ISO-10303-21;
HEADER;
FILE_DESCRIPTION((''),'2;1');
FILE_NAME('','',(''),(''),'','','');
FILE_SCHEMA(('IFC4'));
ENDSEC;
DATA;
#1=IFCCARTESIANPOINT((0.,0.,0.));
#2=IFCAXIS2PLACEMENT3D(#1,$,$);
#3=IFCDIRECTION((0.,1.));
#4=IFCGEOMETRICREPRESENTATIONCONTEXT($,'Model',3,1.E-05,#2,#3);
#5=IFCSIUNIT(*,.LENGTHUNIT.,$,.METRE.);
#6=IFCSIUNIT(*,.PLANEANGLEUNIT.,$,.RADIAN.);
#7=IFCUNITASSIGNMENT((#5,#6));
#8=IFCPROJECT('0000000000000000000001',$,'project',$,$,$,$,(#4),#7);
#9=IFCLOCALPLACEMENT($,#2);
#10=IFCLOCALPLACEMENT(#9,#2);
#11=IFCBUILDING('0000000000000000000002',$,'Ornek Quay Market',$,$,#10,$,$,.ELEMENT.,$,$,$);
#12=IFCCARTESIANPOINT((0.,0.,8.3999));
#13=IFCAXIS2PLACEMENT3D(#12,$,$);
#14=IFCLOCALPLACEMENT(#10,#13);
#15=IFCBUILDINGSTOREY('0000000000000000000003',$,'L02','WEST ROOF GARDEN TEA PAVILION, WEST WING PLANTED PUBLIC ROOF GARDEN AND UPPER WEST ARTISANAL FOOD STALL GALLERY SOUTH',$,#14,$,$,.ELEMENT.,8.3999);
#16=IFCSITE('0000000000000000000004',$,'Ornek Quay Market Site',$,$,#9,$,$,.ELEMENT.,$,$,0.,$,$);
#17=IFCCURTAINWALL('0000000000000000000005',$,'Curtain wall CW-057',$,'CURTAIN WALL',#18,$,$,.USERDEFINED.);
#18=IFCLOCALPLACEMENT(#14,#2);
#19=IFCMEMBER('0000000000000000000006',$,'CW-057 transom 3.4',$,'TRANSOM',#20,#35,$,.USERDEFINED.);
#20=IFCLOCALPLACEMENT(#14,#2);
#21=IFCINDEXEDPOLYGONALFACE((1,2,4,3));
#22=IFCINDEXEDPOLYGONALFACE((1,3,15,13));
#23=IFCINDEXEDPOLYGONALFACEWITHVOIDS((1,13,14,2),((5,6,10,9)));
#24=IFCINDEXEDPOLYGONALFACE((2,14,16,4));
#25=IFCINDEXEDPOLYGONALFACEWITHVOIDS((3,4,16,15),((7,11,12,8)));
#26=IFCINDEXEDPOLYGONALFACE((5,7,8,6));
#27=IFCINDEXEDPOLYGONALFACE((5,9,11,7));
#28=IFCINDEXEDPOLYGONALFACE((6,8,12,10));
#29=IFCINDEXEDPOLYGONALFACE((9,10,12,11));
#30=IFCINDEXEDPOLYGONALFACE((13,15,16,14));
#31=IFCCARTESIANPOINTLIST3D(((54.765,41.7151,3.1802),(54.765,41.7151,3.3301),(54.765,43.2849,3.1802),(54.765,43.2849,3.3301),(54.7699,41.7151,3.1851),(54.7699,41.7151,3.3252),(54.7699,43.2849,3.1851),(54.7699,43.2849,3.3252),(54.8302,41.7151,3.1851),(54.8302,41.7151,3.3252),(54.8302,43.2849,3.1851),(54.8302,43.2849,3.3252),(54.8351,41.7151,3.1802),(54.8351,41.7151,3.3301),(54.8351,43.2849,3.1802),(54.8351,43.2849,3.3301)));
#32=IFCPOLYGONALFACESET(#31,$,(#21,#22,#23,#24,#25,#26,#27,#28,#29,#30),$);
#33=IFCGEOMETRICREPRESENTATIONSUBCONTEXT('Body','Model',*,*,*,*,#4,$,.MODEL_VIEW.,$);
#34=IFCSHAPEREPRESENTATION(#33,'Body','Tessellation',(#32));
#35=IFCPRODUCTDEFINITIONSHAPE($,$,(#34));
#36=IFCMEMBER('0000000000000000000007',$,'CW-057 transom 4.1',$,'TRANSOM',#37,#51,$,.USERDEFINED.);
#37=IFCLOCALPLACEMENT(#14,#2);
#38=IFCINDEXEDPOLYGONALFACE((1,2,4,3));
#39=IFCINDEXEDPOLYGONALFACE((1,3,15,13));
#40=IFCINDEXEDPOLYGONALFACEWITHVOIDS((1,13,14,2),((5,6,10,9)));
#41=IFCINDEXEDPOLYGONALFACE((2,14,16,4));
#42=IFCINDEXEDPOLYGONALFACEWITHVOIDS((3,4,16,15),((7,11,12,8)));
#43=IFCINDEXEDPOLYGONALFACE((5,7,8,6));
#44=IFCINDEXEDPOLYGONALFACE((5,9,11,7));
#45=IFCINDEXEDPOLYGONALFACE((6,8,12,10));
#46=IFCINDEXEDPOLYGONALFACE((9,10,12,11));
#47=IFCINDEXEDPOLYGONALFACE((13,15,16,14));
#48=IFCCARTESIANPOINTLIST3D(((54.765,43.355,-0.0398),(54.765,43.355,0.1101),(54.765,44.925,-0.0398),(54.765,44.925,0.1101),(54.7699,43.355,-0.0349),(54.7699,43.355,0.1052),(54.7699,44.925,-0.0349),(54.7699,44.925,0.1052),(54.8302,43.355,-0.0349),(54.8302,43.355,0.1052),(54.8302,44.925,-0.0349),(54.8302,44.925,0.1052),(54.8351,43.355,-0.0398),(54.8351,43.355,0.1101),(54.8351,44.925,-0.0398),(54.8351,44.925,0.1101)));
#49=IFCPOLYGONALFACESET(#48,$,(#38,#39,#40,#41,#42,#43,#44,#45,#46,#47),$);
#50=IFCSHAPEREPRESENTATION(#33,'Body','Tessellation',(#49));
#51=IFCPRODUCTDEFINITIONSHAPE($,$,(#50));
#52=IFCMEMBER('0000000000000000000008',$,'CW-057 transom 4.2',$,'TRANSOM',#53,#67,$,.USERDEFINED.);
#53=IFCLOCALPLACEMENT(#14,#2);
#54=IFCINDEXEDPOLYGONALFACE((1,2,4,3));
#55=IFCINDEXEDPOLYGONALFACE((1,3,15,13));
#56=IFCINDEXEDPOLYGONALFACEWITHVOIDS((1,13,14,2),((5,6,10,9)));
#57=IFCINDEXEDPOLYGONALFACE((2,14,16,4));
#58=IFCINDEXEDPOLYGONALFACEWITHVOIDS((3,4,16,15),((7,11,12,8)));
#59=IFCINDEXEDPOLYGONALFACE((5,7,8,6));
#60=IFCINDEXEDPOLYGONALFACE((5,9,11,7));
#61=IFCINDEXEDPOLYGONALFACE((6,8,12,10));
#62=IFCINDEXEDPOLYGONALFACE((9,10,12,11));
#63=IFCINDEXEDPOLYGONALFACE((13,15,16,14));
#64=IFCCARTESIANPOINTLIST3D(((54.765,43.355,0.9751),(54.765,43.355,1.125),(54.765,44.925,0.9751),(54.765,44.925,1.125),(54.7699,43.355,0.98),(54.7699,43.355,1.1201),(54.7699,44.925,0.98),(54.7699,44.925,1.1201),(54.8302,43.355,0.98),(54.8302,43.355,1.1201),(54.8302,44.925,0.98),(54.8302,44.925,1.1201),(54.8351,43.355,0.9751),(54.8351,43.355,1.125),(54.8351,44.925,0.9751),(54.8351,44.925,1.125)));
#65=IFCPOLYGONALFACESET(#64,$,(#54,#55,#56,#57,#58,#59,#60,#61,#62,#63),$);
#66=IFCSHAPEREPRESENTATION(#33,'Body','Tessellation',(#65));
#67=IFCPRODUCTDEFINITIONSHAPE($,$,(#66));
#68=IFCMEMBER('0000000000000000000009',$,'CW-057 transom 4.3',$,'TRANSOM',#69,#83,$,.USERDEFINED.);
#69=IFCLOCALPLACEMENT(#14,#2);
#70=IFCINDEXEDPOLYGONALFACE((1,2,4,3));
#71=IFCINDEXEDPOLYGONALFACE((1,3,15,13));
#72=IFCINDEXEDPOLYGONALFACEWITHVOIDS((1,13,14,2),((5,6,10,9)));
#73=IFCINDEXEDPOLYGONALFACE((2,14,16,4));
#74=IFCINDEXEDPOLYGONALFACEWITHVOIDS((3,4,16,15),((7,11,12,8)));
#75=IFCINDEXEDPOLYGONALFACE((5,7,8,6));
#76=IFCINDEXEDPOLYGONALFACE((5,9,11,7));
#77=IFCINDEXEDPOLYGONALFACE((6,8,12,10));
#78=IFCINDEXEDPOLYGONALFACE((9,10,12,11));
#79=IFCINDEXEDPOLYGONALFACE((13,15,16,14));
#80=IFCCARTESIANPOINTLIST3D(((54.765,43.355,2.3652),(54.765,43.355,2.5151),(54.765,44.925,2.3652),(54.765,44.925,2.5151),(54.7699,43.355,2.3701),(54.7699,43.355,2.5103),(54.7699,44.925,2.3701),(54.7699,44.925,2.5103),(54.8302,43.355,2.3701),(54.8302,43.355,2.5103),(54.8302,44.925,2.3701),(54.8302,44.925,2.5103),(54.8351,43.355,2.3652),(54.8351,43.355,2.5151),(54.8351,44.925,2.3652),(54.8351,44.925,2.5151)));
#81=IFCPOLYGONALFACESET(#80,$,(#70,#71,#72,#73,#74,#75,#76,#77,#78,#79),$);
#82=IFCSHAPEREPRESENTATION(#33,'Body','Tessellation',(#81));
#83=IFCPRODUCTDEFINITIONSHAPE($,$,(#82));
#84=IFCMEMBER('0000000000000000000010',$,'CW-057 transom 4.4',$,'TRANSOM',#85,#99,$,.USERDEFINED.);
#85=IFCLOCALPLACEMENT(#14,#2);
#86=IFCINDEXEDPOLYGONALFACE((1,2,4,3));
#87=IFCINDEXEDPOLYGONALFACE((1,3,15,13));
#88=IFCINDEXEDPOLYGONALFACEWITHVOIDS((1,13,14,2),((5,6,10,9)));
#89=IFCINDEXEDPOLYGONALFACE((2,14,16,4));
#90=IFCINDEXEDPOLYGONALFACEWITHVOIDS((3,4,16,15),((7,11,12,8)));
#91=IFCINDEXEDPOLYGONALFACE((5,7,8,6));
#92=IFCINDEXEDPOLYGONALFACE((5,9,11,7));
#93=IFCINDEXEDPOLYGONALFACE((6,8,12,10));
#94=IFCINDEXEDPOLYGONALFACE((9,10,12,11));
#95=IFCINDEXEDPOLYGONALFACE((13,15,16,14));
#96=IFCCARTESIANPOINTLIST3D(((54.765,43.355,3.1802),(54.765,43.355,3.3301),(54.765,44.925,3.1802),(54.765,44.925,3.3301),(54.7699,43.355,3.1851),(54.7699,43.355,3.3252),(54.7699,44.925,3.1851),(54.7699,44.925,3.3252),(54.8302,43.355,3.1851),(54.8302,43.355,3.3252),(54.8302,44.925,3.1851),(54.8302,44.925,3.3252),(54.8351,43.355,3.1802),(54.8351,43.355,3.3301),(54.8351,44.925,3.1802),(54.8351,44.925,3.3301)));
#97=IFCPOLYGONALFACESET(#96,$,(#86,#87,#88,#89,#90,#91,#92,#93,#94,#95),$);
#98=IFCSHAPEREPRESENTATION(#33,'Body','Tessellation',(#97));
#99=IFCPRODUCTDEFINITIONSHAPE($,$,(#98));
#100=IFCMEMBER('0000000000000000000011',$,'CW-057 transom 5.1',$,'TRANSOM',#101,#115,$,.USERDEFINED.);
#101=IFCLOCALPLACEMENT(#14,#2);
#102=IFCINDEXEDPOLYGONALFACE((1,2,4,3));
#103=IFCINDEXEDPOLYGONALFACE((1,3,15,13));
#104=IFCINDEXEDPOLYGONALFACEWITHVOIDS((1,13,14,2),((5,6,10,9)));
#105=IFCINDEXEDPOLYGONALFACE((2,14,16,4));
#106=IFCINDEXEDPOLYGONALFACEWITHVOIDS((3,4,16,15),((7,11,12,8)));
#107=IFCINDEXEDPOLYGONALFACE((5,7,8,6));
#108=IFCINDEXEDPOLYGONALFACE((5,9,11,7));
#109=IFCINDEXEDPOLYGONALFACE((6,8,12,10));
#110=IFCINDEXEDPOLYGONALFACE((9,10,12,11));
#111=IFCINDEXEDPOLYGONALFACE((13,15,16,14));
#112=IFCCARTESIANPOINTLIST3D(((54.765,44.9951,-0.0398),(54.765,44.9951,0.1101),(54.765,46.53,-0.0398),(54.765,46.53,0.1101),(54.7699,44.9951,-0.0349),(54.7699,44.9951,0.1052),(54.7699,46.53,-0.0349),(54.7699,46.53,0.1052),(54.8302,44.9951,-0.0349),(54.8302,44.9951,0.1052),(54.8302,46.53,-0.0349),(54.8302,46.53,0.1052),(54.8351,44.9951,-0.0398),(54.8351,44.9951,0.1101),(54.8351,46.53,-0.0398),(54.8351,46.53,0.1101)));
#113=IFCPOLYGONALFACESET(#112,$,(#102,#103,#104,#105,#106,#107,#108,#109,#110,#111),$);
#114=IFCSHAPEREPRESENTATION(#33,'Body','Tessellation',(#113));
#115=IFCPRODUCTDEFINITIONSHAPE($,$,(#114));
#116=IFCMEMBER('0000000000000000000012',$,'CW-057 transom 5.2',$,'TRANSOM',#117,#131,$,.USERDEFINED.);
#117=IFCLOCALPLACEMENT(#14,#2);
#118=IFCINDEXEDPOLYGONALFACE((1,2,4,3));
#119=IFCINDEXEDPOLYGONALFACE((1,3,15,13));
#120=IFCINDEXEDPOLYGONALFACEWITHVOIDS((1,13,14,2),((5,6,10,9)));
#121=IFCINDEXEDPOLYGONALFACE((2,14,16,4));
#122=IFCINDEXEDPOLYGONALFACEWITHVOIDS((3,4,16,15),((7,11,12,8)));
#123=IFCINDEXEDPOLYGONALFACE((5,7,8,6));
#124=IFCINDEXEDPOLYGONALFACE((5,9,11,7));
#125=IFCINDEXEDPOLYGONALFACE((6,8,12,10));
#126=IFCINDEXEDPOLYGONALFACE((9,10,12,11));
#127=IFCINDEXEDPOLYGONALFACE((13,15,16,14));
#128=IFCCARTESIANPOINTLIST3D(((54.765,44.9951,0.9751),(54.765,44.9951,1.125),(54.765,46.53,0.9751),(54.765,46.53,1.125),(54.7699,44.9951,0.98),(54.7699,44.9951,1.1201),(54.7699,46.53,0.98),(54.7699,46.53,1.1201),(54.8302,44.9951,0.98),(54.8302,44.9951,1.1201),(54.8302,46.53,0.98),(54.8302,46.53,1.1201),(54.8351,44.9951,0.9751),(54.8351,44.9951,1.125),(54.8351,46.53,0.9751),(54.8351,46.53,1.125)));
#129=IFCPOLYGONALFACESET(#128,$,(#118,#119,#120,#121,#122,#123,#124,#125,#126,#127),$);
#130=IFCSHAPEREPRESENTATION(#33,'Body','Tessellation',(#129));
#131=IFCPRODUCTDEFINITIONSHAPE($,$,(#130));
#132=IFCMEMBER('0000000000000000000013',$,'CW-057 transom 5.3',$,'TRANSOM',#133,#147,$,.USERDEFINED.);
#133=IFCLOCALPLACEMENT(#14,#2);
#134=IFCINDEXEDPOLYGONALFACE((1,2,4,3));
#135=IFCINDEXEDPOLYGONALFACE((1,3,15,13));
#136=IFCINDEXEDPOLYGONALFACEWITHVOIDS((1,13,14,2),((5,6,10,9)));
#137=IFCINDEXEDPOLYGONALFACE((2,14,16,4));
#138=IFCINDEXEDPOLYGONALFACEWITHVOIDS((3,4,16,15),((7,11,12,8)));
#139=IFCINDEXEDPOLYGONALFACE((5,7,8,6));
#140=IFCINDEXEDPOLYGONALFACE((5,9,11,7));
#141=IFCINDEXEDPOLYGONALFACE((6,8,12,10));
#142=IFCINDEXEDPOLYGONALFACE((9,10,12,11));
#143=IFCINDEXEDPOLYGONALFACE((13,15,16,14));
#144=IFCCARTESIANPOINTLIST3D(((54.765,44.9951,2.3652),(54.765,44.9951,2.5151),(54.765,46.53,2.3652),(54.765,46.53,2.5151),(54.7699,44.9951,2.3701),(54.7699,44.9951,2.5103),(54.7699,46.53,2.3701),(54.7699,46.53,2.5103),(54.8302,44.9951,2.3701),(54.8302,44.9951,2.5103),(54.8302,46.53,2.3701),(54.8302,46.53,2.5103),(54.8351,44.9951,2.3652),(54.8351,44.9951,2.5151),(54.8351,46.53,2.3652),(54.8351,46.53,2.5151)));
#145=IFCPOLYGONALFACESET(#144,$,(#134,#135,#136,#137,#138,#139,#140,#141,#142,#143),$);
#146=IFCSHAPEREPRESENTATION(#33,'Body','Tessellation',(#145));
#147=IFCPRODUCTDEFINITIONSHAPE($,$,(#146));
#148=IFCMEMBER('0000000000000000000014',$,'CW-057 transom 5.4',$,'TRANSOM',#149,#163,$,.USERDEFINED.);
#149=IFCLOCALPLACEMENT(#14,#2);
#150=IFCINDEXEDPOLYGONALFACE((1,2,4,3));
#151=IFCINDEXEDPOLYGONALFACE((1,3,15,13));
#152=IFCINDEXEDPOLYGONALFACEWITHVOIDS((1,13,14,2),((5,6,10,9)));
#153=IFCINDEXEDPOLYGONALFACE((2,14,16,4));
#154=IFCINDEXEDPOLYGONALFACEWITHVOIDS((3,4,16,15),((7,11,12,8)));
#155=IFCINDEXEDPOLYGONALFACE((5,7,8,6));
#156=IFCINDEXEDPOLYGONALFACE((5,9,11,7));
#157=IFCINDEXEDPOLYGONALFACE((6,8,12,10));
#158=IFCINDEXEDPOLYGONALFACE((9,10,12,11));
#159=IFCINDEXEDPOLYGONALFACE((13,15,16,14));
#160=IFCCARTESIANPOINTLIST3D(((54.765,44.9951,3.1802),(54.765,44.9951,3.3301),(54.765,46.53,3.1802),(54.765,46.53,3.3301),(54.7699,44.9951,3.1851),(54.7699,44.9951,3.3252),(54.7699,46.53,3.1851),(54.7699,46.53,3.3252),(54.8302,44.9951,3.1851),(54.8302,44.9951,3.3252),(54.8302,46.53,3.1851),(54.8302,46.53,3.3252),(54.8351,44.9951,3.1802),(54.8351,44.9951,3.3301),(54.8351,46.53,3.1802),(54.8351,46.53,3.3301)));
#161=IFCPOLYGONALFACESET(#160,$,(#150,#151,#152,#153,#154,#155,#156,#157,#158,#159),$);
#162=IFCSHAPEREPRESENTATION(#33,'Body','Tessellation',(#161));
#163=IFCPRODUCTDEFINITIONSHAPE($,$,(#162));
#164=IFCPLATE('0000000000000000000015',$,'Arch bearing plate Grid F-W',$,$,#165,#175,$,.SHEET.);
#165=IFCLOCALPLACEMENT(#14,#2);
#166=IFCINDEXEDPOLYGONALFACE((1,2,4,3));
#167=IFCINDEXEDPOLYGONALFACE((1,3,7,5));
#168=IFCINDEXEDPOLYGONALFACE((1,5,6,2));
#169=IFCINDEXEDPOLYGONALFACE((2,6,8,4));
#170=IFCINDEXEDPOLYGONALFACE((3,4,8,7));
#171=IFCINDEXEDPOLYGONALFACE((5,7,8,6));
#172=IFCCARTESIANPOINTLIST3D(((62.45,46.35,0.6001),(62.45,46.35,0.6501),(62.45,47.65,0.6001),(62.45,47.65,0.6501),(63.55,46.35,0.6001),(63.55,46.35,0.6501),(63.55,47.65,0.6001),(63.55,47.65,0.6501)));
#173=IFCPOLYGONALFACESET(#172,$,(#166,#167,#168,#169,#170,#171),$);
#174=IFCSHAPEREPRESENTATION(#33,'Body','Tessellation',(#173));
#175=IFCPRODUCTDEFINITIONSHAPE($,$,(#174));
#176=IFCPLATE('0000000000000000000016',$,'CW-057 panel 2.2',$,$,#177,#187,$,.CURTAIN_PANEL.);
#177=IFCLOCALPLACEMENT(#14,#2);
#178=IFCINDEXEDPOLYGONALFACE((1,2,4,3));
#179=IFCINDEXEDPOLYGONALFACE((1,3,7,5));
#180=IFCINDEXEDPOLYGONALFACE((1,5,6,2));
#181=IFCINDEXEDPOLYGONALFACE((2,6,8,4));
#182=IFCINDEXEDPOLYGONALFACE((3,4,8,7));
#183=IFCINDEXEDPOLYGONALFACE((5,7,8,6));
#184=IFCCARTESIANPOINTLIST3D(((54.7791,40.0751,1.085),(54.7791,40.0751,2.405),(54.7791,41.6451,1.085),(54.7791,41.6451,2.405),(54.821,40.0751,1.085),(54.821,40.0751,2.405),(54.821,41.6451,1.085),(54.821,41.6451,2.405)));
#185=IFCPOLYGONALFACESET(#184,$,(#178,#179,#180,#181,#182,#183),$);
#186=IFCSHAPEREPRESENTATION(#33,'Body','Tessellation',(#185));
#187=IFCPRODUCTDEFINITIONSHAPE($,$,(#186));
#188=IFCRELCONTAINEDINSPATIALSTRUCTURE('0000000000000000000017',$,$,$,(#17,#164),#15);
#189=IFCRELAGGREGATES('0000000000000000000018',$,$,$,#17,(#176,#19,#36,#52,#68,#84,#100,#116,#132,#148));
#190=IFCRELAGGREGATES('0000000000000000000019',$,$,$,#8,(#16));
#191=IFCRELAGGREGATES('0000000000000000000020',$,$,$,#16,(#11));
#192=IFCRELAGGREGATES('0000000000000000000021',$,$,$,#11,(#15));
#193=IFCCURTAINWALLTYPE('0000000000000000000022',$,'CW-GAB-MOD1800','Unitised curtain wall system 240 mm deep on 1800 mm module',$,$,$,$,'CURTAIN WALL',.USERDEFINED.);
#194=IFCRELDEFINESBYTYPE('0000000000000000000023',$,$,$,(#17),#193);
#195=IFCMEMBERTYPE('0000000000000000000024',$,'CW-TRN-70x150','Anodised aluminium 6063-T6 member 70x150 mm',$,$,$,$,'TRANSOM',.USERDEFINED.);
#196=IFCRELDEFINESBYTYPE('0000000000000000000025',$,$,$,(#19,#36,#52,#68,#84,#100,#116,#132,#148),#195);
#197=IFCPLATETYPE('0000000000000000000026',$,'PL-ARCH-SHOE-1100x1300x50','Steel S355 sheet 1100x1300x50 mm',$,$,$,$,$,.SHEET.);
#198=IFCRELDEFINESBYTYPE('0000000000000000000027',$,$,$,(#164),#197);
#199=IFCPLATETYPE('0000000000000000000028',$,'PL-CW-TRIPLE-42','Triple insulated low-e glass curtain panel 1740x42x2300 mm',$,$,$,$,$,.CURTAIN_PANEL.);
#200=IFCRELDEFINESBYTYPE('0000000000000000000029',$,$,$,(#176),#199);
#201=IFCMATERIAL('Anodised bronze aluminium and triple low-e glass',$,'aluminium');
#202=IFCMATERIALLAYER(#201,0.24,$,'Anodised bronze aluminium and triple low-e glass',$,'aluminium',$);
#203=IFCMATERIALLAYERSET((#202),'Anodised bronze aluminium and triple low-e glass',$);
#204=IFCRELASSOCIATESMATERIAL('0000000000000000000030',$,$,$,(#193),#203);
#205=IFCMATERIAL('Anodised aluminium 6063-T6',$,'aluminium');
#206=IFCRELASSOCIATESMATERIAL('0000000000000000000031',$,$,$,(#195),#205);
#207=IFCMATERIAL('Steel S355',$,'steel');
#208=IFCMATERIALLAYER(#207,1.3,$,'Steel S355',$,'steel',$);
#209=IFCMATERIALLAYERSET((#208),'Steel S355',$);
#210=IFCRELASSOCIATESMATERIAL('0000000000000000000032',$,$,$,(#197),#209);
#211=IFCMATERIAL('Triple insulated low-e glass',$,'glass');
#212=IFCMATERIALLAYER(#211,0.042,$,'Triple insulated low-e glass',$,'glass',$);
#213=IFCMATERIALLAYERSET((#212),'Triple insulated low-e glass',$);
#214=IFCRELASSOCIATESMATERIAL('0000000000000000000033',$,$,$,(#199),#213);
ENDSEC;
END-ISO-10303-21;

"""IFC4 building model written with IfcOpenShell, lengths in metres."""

from ifc_helpers import new_model, si_unit, direction, frame, origin, origin_2d, place, context, subcontext, project, spatial, rectangle, hollow_rectangle, extrude, material, layer, layer_set, material_profile, profile_set, type_object, element, aggregate, save


model = new_model("IFC4")

# Units and contexts
model_context = context("Model", 3, precision=1e-05, world=origin(), true_north=direction((0.0, 1.0)))
body_context = subcontext(model_context, "Body", "Model", "MODEL_VIEW")
ifc_project = project(units=[si_unit("LENGTHUNIT", "METRE"), si_unit("PLANEANGLEUNIT", "RADIAN")], contexts=[model_context])

# Site, building, storey
site_placement = place(None, origin())
site = spatial("IfcSite", under=ifc_project, at=site_placement, Name="Ornek Quay Market Site", CompositionType="ELEMENT", RefElevation=0.0)
building_placement = place(site_placement, origin())
building = spatial("IfcBuilding", under=site, at=building_placement, Name="Ornek Quay Market", CompositionType="ELEMENT")
storey_placement = place(building_placement, frame((0.0, 0.0, 8.3999)))
storey = spatial("IfcBuildingStorey", under=building, at=storey_placement, Name="L02", Description="WEST ROOF GARDEN TEA PAVILION, WEST WING PLANTED PUBLIC ROOF GARDEN AND UPPER WEST ARTISANAL FOOD STALL GALLERY SOUTH", CompositionType="ELEMENT", Elevation=8.3999)

# Curtain wall, members
ifc_material_1 = material(Name="Anodised bronze aluminium and triple low-e glass", Category="aluminium")
ifc_layer_1 = layer(ifc_material_1, 0.24, Name="Anodised bronze aluminium and triple low-e glass", Category="aluminium")
ifc_layer_set_1 = layer_set([ifc_layer_1], Name="Anodised bronze aluminium and triple low-e glass")
curtain_wall_type = type_object("IfcCurtainWallType", Name="CW-GAB-MOD1800", Description="Unitised curtain wall system 240 mm deep on 1800 mm module", ElementType="CURTAIN WALL", PredefinedType="USERDEFINED", material=ifc_layer_set_1)
curtain_wall_placement = place(storey_placement, origin())
curtain_wall = element("IfcCurtainWall", 1, at=curtain_wall_placement, inside=storey, type_object=curtain_wall_type, Name="Curtain wall CW-057", ObjectType="CURTAIN WALL", PredefinedType="USERDEFINED")
ifc_material_2 = material(Name="Anodised aluminium 6063-T6", Category="aluminium")
ifc_material_profile_1 = material_profile(ifc_material_2, hollow_rectangle(XDim=0.0701, YDim=0.1499, WallThickness=0.0049, at=origin_2d()), Name="CW-TRN-70x150", Category="aluminium")
ifc_profile_set_1 = profile_set([ifc_material_profile_1], Name="Anodised aluminium 6063-T6")
member_type_1 = type_object("IfcMemberType", Name="CW-TRN-70x150", Description="Anodised aluminium 6063-T6 member 70x150 mm", ElementType="TRANSOM", PredefinedType="USERDEFINED", material=ifc_profile_set_1)
member_1_placement = place(storey_placement, frame((54.8, 41.7151, 3.2551), z_axis=(0.0, 1.0, 0.0), x_axis=(-1.0, 0.0, 0.0)))
member_1 = element("IfcMember", 2, at=member_1_placement, type_object=member_type_1, Name="CW-057 transom 3.4", ObjectType="TRANSOM", PredefinedType="USERDEFINED", context=body_context, shape_type="SweptSolid", body=[
    extrude(hollow_rectangle(XDim=0.0701, YDim=0.1499, WallThickness=0.0049, at=origin_2d()), origin(), (0.0, 0.0, 1.0), 1.5698),
])
member_2_placement = place(storey_placement, frame((54.8, 43.355, 0.0352), z_axis=(0.0, 1.0, 0.0), x_axis=(-1.0, 0.0, 0.0)))
member_2 = element("IfcMember", 3, at=member_2_placement, type_object=member_type_1, Name="CW-057 transom 4.1", ObjectType="TRANSOM", PredefinedType="USERDEFINED", context=body_context, shape_type="SweptSolid", body=[
    extrude(hollow_rectangle(XDim=0.0701, YDim=0.1499, WallThickness=0.0049, at=origin_2d()), origin(), (0.0, 0.0, 1.0), 1.5701),
])
member_3_placement = place(storey_placement, frame((54.8, 43.355, 1.05), z_axis=(0.0, 1.0, 0.0), x_axis=(-1.0, 0.0, 0.0)))
member_3 = element("IfcMember", 4, at=member_3_placement, type_object=member_type_1, Name="CW-057 transom 4.2", ObjectType="TRANSOM", PredefinedType="USERDEFINED", context=body_context, shape_type="SweptSolid", body=[
    extrude(hollow_rectangle(XDim=0.0701, YDim=0.1499, WallThickness=0.0049, at=origin_2d()), origin(), (0.0, 0.0, 1.0), 1.5701),
])
member_4_placement = place(storey_placement, frame((54.8, 43.355, 2.4402), z_axis=(0.0, 1.0, 0.0), x_axis=(-1.0, 0.0, 0.0)))
member_4 = element("IfcMember", 5, at=member_4_placement, type_object=member_type_1, Name="CW-057 transom 4.3", ObjectType="TRANSOM", PredefinedType="USERDEFINED", context=body_context, shape_type="SweptSolid", body=[
    extrude(hollow_rectangle(XDim=0.0701, YDim=0.1499, WallThickness=0.0049, at=origin_2d()), origin(), (0.0, 0.0, 1.0), 1.5701),
])
member_5_placement = place(storey_placement, frame((54.8, 43.355, 3.2551), z_axis=(0.0, 1.0, 0.0), x_axis=(-1.0, 0.0, 0.0)))
member_5 = element("IfcMember", 6, at=member_5_placement, type_object=member_type_1, Name="CW-057 transom 4.4", ObjectType="TRANSOM", PredefinedType="USERDEFINED", context=body_context, shape_type="SweptSolid", body=[
    extrude(hollow_rectangle(XDim=0.0701, YDim=0.1499, WallThickness=0.0049, at=origin_2d()), origin(), (0.0, 0.0, 1.0), 1.5701),
])
member_6_placement = place(storey_placement, frame((54.8, 44.9951, 0.0352), z_axis=(0.0, 1.0, 0.0), x_axis=(-1.0, 0.0, 0.0)))
member_6 = element("IfcMember", 7, at=member_6_placement, type_object=member_type_1, Name="CW-057 transom 5.1", ObjectType="TRANSOM", PredefinedType="USERDEFINED", context=body_context, shape_type="SweptSolid", body=[
    extrude(hollow_rectangle(XDim=0.0701, YDim=0.1499, WallThickness=0.0049, at=origin_2d()), origin(), (0.0, 0.0, 1.0), 1.5349),
])
member_7_placement = place(storey_placement, frame((54.8, 44.9951, 1.05), z_axis=(0.0, 1.0, 0.0), x_axis=(-1.0, 0.0, 0.0)))
member_7 = element("IfcMember", 8, at=member_7_placement, type_object=member_type_1, Name="CW-057 transom 5.2", ObjectType="TRANSOM", PredefinedType="USERDEFINED", context=body_context, shape_type="SweptSolid", body=[
    extrude(hollow_rectangle(XDim=0.0701, YDim=0.1499, WallThickness=0.0049, at=origin_2d()), origin(), (0.0, 0.0, 1.0), 1.5349),
])
member_8_placement = place(storey_placement, frame((54.8, 44.9951, 2.4402), z_axis=(0.0, 1.0, 0.0), x_axis=(-1.0, 0.0, 0.0)))
member_8 = element("IfcMember", 9, at=member_8_placement, type_object=member_type_1, Name="CW-057 transom 5.3", ObjectType="TRANSOM", PredefinedType="USERDEFINED", context=body_context, shape_type="SweptSolid", body=[
    extrude(hollow_rectangle(XDim=0.0701, YDim=0.1499, WallThickness=0.0049, at=origin_2d()), origin(), (0.0, 0.0, 1.0), 1.5349),
])
member_9_placement = place(storey_placement, frame((54.8, 44.9951, 3.2551), z_axis=(0.0, 1.0, 0.0), x_axis=(-1.0, 0.0, 0.0)))
member_9 = element("IfcMember", 10, at=member_9_placement, type_object=member_type_1, Name="CW-057 transom 5.4", ObjectType="TRANSOM", PredefinedType="USERDEFINED", context=body_context, shape_type="SweptSolid", body=[
    extrude(hollow_rectangle(XDim=0.0701, YDim=0.1499, WallThickness=0.0049, at=origin_2d()), origin(), (0.0, 0.0, 1.0), 1.5349),
])

# Plates
ifc_material_3 = material(Name="Steel S355", Category="steel")
ifc_layer_2 = layer(ifc_material_3, 1.3, Name="Steel S355", Category="steel")
ifc_layer_set_2 = layer_set([ifc_layer_2], Name="Steel S355")
plate_type_1 = type_object("IfcPlateType", Name="PL-ARCH-SHOE-1100x1300x50", Description="Steel S355 sheet 1100x1300x50 mm", PredefinedType="SHEET", material=ifc_layer_set_2)
plate_1_placement = place(storey_placement, frame((63.0, 47.0, 0.6001), z_axis=(0.0, 0.0, 1.0), x_axis=(1.0, 0.0, 0.0)))
element("IfcPlate", 11, at=plate_1_placement, inside=storey, type_object=plate_type_1, Name="Arch bearing plate Grid F-W", PredefinedType="SHEET", context=body_context, shape_type="SweptSolid", body=[
    extrude(rectangle(XDim=1.1001, YDim=1.3, at=origin_2d()), origin(), (0.0, 0.0, 1.0), 0.05),
])
ifc_material_4 = material(Name="Triple insulated low-e glass", Category="glass")
ifc_layer_3 = layer(ifc_material_4, 0.042, Name="Triple insulated low-e glass", Category="glass")
ifc_layer_set_3 = layer_set([ifc_layer_3], Name="Triple insulated low-e glass")
plate_type_2 = type_object("IfcPlateType", Name="PL-CW-TRIPLE-42", Description="Triple insulated low-e glass curtain panel 1740x42x2300 mm", PredefinedType="CURTAIN_PANEL", material=ifc_layer_set_3)
plate_2_placement = place(storey_placement, frame((54.8, 40.8601, 1.085), z_axis=(0.0, 0.0, 1.0), x_axis=(0.0, 1.0, 0.0)))
plate_2 = element("IfcPlate", 12, at=plate_2_placement, type_object=plate_type_2, Name="CW-057 panel 2.2", PredefinedType="CURTAIN_PANEL", context=body_context, shape_type="SweptSolid", body=[
    extrude(rectangle(XDim=1.5701, YDim=0.042, at=origin_2d()), origin(), (0.0, 0.0, 1.0), 1.3201),
])
aggregate(curtain_wall, [plate_2, member_1, member_2, member_3, member_4, member_5, member_6, member_7, member_8, member_9])

save(model, "model.ifc")
